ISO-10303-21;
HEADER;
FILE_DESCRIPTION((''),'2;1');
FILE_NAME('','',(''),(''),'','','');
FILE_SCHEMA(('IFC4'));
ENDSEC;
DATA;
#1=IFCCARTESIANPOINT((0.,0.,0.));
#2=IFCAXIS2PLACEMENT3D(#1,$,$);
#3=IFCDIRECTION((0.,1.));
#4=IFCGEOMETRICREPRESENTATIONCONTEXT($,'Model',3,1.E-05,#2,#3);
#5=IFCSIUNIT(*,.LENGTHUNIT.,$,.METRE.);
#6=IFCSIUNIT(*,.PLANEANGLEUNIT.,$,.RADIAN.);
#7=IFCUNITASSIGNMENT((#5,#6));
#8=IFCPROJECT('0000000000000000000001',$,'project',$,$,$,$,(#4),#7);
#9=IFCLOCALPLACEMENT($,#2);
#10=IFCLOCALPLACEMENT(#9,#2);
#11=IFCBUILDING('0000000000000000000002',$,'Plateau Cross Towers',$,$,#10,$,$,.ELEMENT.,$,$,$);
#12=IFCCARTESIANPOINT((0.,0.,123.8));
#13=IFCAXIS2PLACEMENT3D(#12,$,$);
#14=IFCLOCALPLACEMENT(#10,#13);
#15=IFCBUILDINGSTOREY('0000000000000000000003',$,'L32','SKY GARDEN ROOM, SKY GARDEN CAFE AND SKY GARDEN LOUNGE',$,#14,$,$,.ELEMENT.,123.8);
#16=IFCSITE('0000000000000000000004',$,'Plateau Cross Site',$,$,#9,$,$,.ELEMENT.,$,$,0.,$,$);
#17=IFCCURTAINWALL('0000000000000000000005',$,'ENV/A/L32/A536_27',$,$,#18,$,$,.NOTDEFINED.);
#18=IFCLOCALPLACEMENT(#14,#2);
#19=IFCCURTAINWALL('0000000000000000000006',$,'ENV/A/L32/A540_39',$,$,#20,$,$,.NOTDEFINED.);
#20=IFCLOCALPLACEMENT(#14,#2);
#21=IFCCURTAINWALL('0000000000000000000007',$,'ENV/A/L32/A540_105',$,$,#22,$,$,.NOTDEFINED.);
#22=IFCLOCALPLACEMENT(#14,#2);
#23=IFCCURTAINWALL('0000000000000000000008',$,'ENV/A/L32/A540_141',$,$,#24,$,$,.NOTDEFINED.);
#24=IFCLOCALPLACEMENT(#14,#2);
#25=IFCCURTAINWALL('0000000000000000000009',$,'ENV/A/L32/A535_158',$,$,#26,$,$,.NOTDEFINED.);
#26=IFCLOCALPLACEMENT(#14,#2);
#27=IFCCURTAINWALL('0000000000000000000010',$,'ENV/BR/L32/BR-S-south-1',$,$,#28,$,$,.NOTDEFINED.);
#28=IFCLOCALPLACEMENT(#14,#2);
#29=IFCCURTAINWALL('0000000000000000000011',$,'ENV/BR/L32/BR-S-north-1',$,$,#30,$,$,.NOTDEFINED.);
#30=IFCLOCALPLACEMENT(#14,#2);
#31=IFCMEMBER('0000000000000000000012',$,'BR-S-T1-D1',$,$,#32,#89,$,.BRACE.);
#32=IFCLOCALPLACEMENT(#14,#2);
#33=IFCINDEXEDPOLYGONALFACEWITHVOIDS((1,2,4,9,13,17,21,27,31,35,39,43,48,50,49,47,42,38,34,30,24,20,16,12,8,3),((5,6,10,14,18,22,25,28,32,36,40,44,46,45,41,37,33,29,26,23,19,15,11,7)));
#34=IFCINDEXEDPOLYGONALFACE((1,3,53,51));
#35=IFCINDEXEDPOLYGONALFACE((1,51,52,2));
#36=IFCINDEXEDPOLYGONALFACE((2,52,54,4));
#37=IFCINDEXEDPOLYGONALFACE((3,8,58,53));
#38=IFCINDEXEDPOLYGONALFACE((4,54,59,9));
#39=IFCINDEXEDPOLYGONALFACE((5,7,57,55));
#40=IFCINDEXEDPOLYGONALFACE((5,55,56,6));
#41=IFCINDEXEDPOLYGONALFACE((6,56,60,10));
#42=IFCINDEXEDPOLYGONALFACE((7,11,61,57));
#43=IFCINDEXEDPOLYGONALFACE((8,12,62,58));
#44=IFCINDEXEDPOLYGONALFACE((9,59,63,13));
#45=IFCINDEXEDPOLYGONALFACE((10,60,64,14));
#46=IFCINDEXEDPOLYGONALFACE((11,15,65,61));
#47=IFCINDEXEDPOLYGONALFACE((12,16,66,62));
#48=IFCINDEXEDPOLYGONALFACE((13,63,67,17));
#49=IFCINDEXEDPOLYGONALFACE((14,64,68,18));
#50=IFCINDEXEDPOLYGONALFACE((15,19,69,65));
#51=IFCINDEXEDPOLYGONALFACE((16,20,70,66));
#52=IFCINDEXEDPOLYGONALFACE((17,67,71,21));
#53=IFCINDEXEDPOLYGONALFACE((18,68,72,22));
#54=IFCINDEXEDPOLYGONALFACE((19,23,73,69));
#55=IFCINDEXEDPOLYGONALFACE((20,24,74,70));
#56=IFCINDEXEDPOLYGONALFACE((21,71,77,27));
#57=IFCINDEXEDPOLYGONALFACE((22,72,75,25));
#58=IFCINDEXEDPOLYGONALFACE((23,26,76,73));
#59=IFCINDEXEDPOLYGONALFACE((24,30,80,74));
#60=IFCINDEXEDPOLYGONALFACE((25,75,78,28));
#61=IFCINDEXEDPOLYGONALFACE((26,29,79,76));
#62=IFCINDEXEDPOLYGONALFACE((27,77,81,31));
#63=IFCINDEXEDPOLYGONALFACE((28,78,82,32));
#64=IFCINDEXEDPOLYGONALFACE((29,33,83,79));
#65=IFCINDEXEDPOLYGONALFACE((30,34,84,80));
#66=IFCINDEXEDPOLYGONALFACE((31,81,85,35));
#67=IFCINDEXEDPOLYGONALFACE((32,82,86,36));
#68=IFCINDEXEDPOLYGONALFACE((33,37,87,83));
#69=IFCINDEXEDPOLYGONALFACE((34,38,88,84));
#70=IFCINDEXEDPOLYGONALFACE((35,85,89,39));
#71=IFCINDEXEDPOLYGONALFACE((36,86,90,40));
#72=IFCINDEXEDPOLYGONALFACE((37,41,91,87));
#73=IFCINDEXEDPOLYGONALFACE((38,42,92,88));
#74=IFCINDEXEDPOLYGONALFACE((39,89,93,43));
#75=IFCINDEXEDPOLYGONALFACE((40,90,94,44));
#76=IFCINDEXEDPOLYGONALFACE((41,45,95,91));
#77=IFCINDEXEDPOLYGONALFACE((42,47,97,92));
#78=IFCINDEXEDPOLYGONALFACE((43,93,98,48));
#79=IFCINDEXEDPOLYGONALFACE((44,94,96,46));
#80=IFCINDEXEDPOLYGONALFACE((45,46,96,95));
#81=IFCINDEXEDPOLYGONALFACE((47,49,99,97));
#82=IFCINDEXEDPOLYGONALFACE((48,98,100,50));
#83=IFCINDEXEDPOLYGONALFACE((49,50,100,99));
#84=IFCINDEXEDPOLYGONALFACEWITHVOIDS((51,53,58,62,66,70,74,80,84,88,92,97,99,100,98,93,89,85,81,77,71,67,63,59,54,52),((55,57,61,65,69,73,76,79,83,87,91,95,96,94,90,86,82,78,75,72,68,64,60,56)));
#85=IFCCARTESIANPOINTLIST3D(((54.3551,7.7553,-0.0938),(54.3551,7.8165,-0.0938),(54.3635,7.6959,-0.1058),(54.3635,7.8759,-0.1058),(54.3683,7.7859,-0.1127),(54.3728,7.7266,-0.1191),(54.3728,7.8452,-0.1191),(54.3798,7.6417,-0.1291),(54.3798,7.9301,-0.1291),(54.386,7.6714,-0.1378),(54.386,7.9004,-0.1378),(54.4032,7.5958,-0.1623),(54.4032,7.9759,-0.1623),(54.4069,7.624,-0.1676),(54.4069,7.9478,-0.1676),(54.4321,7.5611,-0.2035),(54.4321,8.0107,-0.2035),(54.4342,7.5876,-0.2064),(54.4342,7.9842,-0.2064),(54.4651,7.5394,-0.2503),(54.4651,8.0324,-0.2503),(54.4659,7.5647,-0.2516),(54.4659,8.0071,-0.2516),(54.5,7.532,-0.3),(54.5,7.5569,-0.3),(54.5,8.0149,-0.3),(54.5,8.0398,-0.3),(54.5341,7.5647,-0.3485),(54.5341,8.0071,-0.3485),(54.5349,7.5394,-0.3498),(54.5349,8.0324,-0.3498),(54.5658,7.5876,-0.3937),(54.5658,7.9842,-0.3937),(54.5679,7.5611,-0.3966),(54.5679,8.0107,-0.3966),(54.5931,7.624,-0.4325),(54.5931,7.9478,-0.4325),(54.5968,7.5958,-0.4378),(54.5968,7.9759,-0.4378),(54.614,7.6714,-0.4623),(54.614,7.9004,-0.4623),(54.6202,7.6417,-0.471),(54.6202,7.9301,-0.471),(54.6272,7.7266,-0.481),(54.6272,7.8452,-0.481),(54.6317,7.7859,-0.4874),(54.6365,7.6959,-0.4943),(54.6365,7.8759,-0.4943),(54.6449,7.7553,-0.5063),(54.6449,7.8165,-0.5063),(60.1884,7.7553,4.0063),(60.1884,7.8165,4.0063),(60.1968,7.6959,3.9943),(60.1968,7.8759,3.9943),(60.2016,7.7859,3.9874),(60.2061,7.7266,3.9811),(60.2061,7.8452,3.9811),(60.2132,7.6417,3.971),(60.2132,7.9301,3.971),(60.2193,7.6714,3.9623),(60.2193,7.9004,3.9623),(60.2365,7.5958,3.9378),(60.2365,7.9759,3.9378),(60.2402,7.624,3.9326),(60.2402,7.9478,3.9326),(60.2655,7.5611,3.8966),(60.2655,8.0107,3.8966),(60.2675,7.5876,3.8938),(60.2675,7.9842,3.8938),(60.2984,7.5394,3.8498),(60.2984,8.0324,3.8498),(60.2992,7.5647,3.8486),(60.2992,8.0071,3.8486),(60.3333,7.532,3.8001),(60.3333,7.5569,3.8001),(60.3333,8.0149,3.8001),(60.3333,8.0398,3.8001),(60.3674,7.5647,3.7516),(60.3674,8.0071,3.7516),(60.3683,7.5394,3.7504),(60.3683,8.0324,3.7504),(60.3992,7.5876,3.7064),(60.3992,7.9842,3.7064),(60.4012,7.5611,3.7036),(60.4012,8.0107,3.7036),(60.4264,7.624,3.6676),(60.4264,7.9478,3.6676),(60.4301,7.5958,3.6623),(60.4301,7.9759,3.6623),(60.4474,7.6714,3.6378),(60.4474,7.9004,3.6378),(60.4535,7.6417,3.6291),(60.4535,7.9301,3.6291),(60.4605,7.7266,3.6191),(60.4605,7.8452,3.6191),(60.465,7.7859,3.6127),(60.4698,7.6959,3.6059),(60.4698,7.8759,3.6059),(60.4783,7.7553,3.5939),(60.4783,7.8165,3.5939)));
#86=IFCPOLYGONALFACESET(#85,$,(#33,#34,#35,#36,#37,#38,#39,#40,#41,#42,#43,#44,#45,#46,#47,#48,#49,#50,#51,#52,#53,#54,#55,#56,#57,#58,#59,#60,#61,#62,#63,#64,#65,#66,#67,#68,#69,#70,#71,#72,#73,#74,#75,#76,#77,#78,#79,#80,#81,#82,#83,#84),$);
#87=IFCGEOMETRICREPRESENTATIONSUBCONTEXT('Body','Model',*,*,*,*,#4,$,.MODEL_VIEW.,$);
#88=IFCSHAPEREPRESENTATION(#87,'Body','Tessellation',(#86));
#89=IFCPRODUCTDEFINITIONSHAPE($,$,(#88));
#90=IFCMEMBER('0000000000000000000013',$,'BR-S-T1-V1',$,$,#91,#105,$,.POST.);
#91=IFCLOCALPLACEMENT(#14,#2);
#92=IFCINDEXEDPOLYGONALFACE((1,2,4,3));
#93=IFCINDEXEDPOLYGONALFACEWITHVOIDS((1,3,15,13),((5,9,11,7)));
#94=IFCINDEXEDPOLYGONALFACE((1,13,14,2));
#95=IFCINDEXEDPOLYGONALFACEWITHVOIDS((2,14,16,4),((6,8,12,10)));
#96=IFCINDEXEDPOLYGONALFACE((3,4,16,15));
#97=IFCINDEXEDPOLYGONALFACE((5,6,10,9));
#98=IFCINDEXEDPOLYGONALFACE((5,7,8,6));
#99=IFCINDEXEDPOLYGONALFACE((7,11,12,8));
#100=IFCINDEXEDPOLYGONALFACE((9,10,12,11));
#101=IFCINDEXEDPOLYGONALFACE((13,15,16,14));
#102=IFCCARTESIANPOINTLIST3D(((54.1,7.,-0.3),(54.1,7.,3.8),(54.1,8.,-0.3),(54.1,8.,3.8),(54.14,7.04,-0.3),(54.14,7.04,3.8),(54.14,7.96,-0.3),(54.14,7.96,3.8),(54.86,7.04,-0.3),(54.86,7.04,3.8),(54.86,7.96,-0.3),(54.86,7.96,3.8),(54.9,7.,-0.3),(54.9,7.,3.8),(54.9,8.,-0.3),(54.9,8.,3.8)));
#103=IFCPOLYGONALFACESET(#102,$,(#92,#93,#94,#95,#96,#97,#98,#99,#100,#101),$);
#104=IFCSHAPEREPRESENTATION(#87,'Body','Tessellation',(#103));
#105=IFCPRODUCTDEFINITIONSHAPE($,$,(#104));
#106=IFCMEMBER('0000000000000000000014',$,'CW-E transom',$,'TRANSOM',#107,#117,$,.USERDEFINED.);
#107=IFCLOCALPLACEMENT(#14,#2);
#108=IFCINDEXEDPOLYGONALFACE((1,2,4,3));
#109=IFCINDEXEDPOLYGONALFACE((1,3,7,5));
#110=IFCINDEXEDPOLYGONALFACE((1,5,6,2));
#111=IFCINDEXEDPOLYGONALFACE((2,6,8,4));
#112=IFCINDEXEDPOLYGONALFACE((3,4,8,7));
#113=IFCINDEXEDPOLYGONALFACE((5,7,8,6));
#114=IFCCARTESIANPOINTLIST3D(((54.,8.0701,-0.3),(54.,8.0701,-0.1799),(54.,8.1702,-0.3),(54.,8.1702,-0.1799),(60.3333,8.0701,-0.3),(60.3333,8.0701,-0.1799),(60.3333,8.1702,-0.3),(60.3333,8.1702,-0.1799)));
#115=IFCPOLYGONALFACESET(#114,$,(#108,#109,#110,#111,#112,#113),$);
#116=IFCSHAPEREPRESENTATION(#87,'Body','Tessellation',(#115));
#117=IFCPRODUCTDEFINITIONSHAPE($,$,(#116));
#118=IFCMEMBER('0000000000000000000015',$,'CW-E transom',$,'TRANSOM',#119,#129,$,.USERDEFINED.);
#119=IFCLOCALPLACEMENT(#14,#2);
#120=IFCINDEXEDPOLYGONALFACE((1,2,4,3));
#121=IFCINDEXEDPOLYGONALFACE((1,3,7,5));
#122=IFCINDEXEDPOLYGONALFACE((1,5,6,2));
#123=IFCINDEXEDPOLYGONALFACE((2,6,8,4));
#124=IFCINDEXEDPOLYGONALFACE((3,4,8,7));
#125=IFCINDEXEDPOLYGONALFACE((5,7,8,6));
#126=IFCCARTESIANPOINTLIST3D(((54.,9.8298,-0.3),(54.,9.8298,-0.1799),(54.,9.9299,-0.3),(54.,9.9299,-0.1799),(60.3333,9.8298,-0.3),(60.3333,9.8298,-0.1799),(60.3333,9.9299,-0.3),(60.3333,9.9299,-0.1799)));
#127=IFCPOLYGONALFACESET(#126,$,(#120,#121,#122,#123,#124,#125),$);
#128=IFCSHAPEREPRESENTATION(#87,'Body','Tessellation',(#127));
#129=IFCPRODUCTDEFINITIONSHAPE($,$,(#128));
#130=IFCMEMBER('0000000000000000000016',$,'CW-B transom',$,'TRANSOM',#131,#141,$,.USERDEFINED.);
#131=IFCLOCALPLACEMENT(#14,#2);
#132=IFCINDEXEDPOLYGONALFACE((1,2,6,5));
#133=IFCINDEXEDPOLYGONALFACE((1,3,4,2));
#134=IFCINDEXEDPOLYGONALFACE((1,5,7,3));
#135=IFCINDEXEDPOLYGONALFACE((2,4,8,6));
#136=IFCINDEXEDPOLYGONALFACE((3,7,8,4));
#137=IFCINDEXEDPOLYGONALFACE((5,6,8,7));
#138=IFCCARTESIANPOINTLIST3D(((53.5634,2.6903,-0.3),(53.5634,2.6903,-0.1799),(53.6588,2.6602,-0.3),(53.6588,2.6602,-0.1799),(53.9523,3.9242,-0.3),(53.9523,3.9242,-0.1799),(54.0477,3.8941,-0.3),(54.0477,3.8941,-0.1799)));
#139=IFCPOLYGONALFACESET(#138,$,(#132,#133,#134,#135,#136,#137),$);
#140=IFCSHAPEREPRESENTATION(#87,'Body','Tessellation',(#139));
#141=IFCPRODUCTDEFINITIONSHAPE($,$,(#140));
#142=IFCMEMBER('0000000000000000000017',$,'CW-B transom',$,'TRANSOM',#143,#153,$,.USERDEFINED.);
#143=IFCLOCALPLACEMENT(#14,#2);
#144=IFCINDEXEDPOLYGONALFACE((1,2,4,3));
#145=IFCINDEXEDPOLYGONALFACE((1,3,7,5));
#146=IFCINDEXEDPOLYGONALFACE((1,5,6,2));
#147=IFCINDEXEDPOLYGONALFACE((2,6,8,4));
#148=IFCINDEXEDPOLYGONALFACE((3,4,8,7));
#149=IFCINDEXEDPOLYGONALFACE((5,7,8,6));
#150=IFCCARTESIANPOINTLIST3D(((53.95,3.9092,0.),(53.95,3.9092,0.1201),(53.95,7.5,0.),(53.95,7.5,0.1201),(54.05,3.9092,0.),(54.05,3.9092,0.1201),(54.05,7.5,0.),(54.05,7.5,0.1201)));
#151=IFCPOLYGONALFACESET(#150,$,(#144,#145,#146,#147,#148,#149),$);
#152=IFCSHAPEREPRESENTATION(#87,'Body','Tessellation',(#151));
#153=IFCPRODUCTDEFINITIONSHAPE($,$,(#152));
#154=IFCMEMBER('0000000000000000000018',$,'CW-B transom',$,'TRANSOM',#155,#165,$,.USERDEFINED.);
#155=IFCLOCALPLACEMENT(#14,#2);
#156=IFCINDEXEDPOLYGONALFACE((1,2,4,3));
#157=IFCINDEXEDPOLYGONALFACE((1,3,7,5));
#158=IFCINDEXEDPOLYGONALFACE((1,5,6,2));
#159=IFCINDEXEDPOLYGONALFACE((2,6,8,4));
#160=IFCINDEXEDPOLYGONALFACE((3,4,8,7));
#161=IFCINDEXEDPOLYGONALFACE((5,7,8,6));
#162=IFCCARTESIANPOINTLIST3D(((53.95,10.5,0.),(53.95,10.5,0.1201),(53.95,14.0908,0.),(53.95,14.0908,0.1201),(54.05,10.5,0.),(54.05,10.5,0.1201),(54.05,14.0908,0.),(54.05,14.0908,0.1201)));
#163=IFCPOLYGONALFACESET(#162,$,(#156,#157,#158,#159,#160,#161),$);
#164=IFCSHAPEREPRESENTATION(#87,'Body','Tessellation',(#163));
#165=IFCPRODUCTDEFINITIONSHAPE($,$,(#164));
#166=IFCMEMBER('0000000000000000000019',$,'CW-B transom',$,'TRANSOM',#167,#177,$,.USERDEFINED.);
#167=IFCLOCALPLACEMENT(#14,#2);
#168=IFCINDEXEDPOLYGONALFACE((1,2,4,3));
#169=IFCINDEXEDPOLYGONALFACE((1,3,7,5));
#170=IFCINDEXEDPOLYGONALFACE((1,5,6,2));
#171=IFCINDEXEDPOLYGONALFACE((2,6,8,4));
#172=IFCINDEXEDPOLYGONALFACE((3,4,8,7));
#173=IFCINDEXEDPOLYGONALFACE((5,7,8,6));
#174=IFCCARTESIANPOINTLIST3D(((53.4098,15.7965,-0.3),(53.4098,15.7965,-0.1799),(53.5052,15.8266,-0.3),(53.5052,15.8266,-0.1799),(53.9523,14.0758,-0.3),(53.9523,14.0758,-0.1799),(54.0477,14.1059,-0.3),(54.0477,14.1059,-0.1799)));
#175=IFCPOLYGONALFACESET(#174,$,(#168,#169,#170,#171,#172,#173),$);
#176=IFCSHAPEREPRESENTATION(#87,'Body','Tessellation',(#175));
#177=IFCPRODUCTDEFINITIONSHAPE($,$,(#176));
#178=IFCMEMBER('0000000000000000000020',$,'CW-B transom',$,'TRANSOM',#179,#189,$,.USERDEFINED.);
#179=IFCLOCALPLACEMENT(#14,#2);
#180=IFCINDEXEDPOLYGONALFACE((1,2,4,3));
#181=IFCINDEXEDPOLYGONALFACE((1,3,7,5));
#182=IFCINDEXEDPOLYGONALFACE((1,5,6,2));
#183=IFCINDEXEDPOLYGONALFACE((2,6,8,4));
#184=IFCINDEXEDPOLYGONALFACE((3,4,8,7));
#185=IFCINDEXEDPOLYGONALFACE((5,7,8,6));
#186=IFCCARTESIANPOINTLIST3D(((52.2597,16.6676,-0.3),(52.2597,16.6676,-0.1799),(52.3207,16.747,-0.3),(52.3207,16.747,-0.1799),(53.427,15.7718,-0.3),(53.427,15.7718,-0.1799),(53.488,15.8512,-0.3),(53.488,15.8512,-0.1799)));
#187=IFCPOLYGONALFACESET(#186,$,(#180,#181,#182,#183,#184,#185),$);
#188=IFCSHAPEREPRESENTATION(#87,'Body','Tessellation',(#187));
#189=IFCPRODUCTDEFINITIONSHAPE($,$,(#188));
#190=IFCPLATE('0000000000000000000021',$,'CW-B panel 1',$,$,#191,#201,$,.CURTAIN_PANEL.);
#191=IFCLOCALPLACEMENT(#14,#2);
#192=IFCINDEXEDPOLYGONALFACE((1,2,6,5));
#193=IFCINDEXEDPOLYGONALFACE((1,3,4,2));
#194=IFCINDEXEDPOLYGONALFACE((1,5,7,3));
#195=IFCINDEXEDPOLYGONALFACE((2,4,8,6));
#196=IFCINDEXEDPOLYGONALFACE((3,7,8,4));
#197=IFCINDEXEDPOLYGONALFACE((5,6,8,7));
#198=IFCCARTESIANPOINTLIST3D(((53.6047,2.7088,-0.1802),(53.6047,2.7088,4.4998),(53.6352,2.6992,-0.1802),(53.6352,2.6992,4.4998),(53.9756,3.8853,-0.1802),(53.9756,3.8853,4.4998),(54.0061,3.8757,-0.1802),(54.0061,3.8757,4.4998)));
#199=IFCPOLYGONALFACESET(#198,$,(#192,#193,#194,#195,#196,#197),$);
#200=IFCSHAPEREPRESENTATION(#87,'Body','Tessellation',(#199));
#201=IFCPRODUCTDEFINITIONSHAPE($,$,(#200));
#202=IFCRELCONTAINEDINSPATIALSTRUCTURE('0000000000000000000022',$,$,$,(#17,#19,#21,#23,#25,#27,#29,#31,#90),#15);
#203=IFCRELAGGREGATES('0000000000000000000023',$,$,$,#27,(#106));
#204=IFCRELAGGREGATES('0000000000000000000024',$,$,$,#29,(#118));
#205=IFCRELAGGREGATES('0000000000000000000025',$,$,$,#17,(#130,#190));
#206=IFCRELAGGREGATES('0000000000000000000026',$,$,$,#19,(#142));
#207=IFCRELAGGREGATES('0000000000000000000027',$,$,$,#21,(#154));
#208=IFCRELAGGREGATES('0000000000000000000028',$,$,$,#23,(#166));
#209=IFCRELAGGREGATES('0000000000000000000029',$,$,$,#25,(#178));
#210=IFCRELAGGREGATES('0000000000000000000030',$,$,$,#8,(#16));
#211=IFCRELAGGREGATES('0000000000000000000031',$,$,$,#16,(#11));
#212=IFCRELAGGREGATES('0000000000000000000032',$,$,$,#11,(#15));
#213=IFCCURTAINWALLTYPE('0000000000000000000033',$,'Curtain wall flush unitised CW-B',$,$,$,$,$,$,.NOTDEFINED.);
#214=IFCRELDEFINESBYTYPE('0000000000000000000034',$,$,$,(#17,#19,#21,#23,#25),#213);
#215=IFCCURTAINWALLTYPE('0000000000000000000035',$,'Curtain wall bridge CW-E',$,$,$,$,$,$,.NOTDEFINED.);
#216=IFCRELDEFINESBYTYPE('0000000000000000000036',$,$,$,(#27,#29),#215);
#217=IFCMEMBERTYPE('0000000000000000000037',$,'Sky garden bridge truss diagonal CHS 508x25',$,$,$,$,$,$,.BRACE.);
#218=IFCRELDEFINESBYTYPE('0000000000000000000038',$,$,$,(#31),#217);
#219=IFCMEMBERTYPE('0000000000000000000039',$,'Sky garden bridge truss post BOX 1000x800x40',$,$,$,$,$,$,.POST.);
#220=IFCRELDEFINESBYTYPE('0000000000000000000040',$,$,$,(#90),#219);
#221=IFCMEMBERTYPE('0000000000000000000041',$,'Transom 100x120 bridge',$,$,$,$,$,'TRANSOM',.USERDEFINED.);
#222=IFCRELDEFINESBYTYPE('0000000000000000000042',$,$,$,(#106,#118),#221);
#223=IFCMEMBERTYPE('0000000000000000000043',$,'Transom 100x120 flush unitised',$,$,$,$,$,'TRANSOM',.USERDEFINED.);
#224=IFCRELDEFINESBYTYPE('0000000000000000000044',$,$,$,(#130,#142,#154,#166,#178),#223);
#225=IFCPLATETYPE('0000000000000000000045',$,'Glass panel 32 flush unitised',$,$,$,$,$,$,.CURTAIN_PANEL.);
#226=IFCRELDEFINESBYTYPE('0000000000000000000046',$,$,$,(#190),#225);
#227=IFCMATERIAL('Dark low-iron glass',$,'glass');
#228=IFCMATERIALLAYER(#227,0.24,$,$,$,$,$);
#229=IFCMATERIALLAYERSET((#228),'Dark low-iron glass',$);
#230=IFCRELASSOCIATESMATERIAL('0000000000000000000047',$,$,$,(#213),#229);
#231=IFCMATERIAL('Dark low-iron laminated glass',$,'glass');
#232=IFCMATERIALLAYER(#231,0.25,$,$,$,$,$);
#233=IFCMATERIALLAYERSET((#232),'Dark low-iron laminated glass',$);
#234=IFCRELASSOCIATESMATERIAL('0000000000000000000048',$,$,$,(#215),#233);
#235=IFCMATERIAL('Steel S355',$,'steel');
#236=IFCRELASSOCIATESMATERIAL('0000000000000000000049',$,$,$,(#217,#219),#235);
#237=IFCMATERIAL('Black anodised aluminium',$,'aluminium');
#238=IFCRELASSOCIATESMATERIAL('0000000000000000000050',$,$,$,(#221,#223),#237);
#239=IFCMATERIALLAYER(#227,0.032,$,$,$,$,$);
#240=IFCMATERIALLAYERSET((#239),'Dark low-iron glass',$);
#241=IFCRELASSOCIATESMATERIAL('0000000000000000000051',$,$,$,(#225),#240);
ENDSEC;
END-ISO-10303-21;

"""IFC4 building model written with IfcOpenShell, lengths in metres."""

from ifc_helpers import new_model, si_unit, direction, frame, origin, origin_2d, place, context, subcontext, project, spatial, rectangle, hollow_rectangle, hollow_circle, extrude, material, layer, layer_set, material_profile, profile_set, type_object, element, aggregate, save


model = new_model("IFC4")

# Units and contexts
model_context = context("Model", 3, precision=1e-05, world=origin(), true_north=direction((0.0, 1.0)))
body_context = subcontext(model_context, "Body", "Model", "MODEL_VIEW")
ifc_project = project(units=[si_unit("LENGTHUNIT", "METRE"), si_unit("PLANEANGLEUNIT", "RADIAN")], contexts=[model_context])

# Site, building, storey
site_placement = place(None, origin())
site = spatial("IfcSite", under=ifc_project, at=site_placement, Name="Plateau Cross Site", CompositionType="ELEMENT", RefElevation=0.0)
building_placement = place(site_placement, origin())
building = spatial("IfcBuilding", under=site, at=building_placement, Name="Plateau Cross Towers", CompositionType="ELEMENT")
storey_placement = place(building_placement, frame((0.0, 0.0, 123.8)))
storey = spatial("IfcBuildingStorey", under=building, at=storey_placement, Name="L32", Description="SKY GARDEN ROOM, SKY GARDEN CAFE AND SKY GARDEN LOUNGE", CompositionType="ELEMENT", Elevation=123.8)

# Curtain wall
ifc_material_1 = material(Name="Dark low-iron glass", Category="glass")
ifc_layer_1 = layer(ifc_material_1, 0.24)
ifc_layer_set_1 = layer_set([ifc_layer_1], Name="Dark low-iron glass")
curtain_wall_type_1 = type_object("IfcCurtainWallType", Name="Curtain wall flush unitised CW-B", PredefinedType="NOTDEFINED", material=ifc_layer_set_1)
ifc_material_2 = material(Name="Black anodised aluminium", Category="aluminium")
curtain_wall_1_placement = place(storey_placement, origin())
curtain_wall_1 = element("IfcCurtainWall", 1, at=curtain_wall_1_placement, inside=storey, type_object=curtain_wall_type_1, Name="ENV/A/L32/A536_27", PredefinedType="NOTDEFINED")

# Curtain wall
curtain_wall_2_placement = place(storey_placement, origin())
curtain_wall_2 = element("IfcCurtainWall", 2, at=curtain_wall_2_placement, inside=storey, type_object=curtain_wall_type_1, Name="ENV/A/L32/A540_39", PredefinedType="NOTDEFINED")

# Curtain walls
curtain_wall_3_placement = place(storey_placement, origin())
curtain_wall_3 = element("IfcCurtainWall", 3, at=curtain_wall_3_placement, inside=storey, type_object=curtain_wall_type_1, Name="ENV/A/L32/A540_105", PredefinedType="NOTDEFINED")
curtain_wall_4_placement = place(storey_placement, origin())
curtain_wall_4 = element("IfcCurtainWall", 4, at=curtain_wall_4_placement, inside=storey, type_object=curtain_wall_type_1, Name="ENV/A/L32/A540_141", PredefinedType="NOTDEFINED")
curtain_wall_5_placement = place(storey_placement, origin())
curtain_wall_5 = element("IfcCurtainWall", 5, at=curtain_wall_5_placement, inside=storey, type_object=curtain_wall_type_1, Name="ENV/A/L32/A535_158", PredefinedType="NOTDEFINED")
ifc_material_3 = material(Name="Dark low-iron laminated glass", Category="glass")
ifc_layer_2 = layer(ifc_material_3, 0.25)
ifc_layer_set_2 = layer_set([ifc_layer_2], Name="Dark low-iron laminated glass")
curtain_wall_type_2 = type_object("IfcCurtainWallType", Name="Curtain wall bridge CW-E", PredefinedType="NOTDEFINED", material=ifc_layer_set_2)
curtain_wall_6_placement = place(storey_placement, origin())
curtain_wall_6 = element("IfcCurtainWall", 6, at=curtain_wall_6_placement, inside=storey, type_object=curtain_wall_type_2, Name="ENV/BR/L32/BR-S-south-1", PredefinedType="NOTDEFINED")
curtain_wall_7_placement = place(storey_placement, origin())
curtain_wall_7 = element("IfcCurtainWall", 7, at=curtain_wall_7_placement, inside=storey, type_object=curtain_wall_type_2, Name="ENV/BR/L32/BR-S-north-1", PredefinedType="NOTDEFINED")

# Members
ifc_material_4 = material(Name="Steel S355", Category="steel")
ifc_material_profile_1 = material_profile(ifc_material_4, hollow_circle(Radius=0.2539, WallThickness=0.0249, at=origin_2d()), Name="CHS 508x25")
ifc_profile_set_1 = profile_set([ifc_material_profile_1], Name="Steel S355")
member_type_1 = type_object("IfcMemberType", Name="Sky garden bridge truss diagonal CHS 508x25", PredefinedType="BRACE", material=ifc_profile_set_1)
member_1_placement = place(storey_placement, frame((54.5, 7.7859, -0.3), z_axis=(0.818122, 0.0, 0.575045), x_axis=(0.0, 1.0, 0.0)))
element("IfcMember", 8, at=member_1_placement, inside=storey, type_object=member_type_1, Name="BR-S-T1-D1", PredefinedType="BRACE", context=body_context, shape_type="SweptSolid", body=[
    extrude(hollow_circle(Radius=0.2539, WallThickness=0.0249, at=origin_2d()), origin(), (0.0, 0.0, 1.0), 7.1301),
])
ifc_material_profile_2 = material_profile(ifc_material_4, hollow_rectangle(XDim=0.8, YDim=1.0, WallThickness=0.04, at=origin_2d()), Name="BOX 1000x800x40")
ifc_profile_set_2 = profile_set([ifc_material_profile_2], Name="Steel S355")
member_type_2 = type_object("IfcMemberType", Name="Sky garden bridge truss post BOX 1000x800x40", PredefinedType="POST", material=ifc_profile_set_2)
member_2_placement = place(storey_placement, frame((54.5, 7.5, -0.3), z_axis=(0.0, 0.0, 1.0), x_axis=(1.0, 0.0, 0.0)))
element("IfcMember", 9, at=member_2_placement, inside=storey, type_object=member_type_2, Name="BR-S-T1-V1", PredefinedType="POST", context=body_context, shape_type="SweptSolid", body=[
    extrude(hollow_rectangle(XDim=0.8, YDim=1.0, WallThickness=0.04, at=origin_2d()), origin(), (0.0, 0.0, 1.0), 4.1001),
])

# Members
ifc_material_profile_3 = material_profile(ifc_material_2, rectangle(XDim=0.1001, YDim=0.1201, at=origin_2d()), Name="TRANSOM 100x120")
ifc_profile_set_3 = profile_set([ifc_material_profile_3], Name="Black anodised aluminium")
member_type_3 = type_object("IfcMemberType", Name="Transom 100x120 bridge", ElementType="TRANSOM", PredefinedType="USERDEFINED", material=ifc_profile_set_3)
member_3_placement = place(storey_placement, frame((54.0, 8.1201, -0.24), z_axis=(1.0, 0.0, 0.0), x_axis=(0.0, 1.0, 0.0)))
member_3 = element("IfcMember", 10, at=member_3_placement, type_object=member_type_3, Name="CW-E transom", ObjectType="TRANSOM", PredefinedType="USERDEFINED", context=body_context, shape_type="SweptSolid", body=[
    extrude(rectangle(XDim=0.1001, YDim=0.1201, at=origin_2d()), origin(), (0.0, 0.0, 1.0), 6.3333),
])
aggregate(curtain_wall_6, [member_3])
member_4_placement = place(storey_placement, frame((54.0, 9.8799, -0.24), z_axis=(1.0, 0.0, 0.0), x_axis=(0.0, 1.0, 0.0)))
member_4 = element("IfcMember", 11, at=member_4_placement, type_object=member_type_3, Name="CW-E transom", ObjectType="TRANSOM", PredefinedType="USERDEFINED", context=body_context, shape_type="SweptSolid", body=[
    extrude(rectangle(XDim=0.1001, YDim=0.1201, at=origin_2d()), origin(), (0.0, 0.0, 1.0), 6.3333),
])
aggregate(curtain_wall_7, [member_4])
ifc_material_profile_4 = material_profile(ifc_material_2, rectangle(XDim=0.1001, YDim=0.1201, at=origin_2d()), Name="TRANSOM 100x120")
ifc_profile_set_4 = profile_set([ifc_material_profile_4], Name="Black anodised aluminium")
member_type_4 = type_object("IfcMemberType", Name="Transom 100x120 flush unitised", ElementType="TRANSOM", PredefinedType="USERDEFINED", material=ifc_profile_set_4)
member_5_placement = place(storey_placement, frame((53.6111, 2.6753, -0.24), z_axis=(0.300617, 0.953745, 0.0), x_axis=(-0.953745, 0.300617, 0.0)))
member_5 = element("IfcMember", 12, at=member_5_placement, type_object=member_type_4, Name="CW-B transom", ObjectType="TRANSOM", PredefinedType="USERDEFINED", context=body_context, shape_type="SweptSolid", body=[
    extrude(rectangle(XDim=0.1001, YDim=0.1201, at=origin_2d()), origin(), (0.0, 0.0, 1.0), 1.2937),
])
member_6_placement = place(storey_placement, frame((54.0, 3.9092, 0.0601), z_axis=(0.0, 1.0, 0.0), x_axis=(-1.0, 0.0, 0.0)))
member_6 = element("IfcMember", 13, at=member_6_placement, type_object=member_type_4, Name="CW-B transom", ObjectType="TRANSOM", PredefinedType="USERDEFINED", context=body_context, shape_type="SweptSolid", body=[
    extrude(rectangle(XDim=0.1001, YDim=0.1201, at=origin_2d()), origin(), (0.0, 0.0, 1.0), 3.5908),
])
member_7_placement = place(storey_placement, frame((54.0, 10.5, 0.0601), z_axis=(0.0, 1.0, 0.0), x_axis=(-1.0, 0.0, 0.0)))
member_7 = element("IfcMember", 14, at=member_7_placement, type_object=member_type_4, Name="CW-B transom", ObjectType="TRANSOM", PredefinedType="USERDEFINED", context=body_context, shape_type="SweptSolid", body=[
    extrude(rectangle(XDim=0.1001, YDim=0.1201, at=origin_2d()), origin(), (0.0, 0.0, 1.0), 3.5908),
])
member_8_placement = place(storey_placement, frame((54.0, 14.0908, -0.24), z_axis=(-0.300678, 0.953726, 0.0), x_axis=(-0.953726, -0.300678, 0.0)))
member_8 = element("IfcMember", 15, at=member_8_placement, type_object=member_type_4, Name="CW-B transom", ObjectType="TRANSOM", PredefinedType="USERDEFINED", context=body_context, shape_type="SweptSolid", body=[
    extrude(rectangle(XDim=0.1001, YDim=0.1201, at=origin_2d()), origin(), (0.0, 0.0, 1.0), 1.8042),
])
member_9_placement = place(storey_placement, frame((53.4575, 15.8115, -0.24), z_axis=(-0.793321, 0.608804, 0.0), x_axis=(-0.608804, -0.793321, 0.0)))
member_9 = element("IfcMember", 16, at=member_9_placement, type_object=member_type_4, Name="CW-B transom", ObjectType="TRANSOM", PredefinedType="USERDEFINED", context=body_context, shape_type="SweptSolid", body=[
    extrude(rectangle(XDim=0.1001, YDim=0.1201, at=origin_2d()), origin(), (0.0, 0.0, 1.0), 1.4714),
])

# Plate
ifc_layer_3 = layer(ifc_material_1, 0.032)
ifc_layer_set_3 = layer_set([ifc_layer_3], Name="Dark low-iron glass")
plate_type = type_object("IfcPlateType", Name="Glass panel 32 flush unitised", PredefinedType="CURTAIN_PANEL", material=ifc_layer_set_3)
plate_1_placement = place(storey_placement, frame((53.8054, 3.2922, -0.1802), z_axis=(0.0, 0.0, 1.0), x_axis=(0.300686, 0.953723, 0.0)))
plate_1 = element("IfcPlate", 17, at=plate_1_placement, type_object=plate_type, Name="CW-B panel 1", PredefinedType="CURTAIN_PANEL", context=body_context, shape_type="SweptSolid", body=[
    extrude(rectangle(XDim=1.2336, YDim=0.032, at=origin_2d()), origin(), (0.0, 0.0, 1.0), 4.6799),
])
aggregate(curtain_wall_1, [member_5, plate_1])
aggregate(curtain_wall_2, [member_6])
aggregate(curtain_wall_3, [member_7])
aggregate(curtain_wall_4, [member_8])
aggregate(curtain_wall_5, [member_9])

save(model, "model.ifc")
